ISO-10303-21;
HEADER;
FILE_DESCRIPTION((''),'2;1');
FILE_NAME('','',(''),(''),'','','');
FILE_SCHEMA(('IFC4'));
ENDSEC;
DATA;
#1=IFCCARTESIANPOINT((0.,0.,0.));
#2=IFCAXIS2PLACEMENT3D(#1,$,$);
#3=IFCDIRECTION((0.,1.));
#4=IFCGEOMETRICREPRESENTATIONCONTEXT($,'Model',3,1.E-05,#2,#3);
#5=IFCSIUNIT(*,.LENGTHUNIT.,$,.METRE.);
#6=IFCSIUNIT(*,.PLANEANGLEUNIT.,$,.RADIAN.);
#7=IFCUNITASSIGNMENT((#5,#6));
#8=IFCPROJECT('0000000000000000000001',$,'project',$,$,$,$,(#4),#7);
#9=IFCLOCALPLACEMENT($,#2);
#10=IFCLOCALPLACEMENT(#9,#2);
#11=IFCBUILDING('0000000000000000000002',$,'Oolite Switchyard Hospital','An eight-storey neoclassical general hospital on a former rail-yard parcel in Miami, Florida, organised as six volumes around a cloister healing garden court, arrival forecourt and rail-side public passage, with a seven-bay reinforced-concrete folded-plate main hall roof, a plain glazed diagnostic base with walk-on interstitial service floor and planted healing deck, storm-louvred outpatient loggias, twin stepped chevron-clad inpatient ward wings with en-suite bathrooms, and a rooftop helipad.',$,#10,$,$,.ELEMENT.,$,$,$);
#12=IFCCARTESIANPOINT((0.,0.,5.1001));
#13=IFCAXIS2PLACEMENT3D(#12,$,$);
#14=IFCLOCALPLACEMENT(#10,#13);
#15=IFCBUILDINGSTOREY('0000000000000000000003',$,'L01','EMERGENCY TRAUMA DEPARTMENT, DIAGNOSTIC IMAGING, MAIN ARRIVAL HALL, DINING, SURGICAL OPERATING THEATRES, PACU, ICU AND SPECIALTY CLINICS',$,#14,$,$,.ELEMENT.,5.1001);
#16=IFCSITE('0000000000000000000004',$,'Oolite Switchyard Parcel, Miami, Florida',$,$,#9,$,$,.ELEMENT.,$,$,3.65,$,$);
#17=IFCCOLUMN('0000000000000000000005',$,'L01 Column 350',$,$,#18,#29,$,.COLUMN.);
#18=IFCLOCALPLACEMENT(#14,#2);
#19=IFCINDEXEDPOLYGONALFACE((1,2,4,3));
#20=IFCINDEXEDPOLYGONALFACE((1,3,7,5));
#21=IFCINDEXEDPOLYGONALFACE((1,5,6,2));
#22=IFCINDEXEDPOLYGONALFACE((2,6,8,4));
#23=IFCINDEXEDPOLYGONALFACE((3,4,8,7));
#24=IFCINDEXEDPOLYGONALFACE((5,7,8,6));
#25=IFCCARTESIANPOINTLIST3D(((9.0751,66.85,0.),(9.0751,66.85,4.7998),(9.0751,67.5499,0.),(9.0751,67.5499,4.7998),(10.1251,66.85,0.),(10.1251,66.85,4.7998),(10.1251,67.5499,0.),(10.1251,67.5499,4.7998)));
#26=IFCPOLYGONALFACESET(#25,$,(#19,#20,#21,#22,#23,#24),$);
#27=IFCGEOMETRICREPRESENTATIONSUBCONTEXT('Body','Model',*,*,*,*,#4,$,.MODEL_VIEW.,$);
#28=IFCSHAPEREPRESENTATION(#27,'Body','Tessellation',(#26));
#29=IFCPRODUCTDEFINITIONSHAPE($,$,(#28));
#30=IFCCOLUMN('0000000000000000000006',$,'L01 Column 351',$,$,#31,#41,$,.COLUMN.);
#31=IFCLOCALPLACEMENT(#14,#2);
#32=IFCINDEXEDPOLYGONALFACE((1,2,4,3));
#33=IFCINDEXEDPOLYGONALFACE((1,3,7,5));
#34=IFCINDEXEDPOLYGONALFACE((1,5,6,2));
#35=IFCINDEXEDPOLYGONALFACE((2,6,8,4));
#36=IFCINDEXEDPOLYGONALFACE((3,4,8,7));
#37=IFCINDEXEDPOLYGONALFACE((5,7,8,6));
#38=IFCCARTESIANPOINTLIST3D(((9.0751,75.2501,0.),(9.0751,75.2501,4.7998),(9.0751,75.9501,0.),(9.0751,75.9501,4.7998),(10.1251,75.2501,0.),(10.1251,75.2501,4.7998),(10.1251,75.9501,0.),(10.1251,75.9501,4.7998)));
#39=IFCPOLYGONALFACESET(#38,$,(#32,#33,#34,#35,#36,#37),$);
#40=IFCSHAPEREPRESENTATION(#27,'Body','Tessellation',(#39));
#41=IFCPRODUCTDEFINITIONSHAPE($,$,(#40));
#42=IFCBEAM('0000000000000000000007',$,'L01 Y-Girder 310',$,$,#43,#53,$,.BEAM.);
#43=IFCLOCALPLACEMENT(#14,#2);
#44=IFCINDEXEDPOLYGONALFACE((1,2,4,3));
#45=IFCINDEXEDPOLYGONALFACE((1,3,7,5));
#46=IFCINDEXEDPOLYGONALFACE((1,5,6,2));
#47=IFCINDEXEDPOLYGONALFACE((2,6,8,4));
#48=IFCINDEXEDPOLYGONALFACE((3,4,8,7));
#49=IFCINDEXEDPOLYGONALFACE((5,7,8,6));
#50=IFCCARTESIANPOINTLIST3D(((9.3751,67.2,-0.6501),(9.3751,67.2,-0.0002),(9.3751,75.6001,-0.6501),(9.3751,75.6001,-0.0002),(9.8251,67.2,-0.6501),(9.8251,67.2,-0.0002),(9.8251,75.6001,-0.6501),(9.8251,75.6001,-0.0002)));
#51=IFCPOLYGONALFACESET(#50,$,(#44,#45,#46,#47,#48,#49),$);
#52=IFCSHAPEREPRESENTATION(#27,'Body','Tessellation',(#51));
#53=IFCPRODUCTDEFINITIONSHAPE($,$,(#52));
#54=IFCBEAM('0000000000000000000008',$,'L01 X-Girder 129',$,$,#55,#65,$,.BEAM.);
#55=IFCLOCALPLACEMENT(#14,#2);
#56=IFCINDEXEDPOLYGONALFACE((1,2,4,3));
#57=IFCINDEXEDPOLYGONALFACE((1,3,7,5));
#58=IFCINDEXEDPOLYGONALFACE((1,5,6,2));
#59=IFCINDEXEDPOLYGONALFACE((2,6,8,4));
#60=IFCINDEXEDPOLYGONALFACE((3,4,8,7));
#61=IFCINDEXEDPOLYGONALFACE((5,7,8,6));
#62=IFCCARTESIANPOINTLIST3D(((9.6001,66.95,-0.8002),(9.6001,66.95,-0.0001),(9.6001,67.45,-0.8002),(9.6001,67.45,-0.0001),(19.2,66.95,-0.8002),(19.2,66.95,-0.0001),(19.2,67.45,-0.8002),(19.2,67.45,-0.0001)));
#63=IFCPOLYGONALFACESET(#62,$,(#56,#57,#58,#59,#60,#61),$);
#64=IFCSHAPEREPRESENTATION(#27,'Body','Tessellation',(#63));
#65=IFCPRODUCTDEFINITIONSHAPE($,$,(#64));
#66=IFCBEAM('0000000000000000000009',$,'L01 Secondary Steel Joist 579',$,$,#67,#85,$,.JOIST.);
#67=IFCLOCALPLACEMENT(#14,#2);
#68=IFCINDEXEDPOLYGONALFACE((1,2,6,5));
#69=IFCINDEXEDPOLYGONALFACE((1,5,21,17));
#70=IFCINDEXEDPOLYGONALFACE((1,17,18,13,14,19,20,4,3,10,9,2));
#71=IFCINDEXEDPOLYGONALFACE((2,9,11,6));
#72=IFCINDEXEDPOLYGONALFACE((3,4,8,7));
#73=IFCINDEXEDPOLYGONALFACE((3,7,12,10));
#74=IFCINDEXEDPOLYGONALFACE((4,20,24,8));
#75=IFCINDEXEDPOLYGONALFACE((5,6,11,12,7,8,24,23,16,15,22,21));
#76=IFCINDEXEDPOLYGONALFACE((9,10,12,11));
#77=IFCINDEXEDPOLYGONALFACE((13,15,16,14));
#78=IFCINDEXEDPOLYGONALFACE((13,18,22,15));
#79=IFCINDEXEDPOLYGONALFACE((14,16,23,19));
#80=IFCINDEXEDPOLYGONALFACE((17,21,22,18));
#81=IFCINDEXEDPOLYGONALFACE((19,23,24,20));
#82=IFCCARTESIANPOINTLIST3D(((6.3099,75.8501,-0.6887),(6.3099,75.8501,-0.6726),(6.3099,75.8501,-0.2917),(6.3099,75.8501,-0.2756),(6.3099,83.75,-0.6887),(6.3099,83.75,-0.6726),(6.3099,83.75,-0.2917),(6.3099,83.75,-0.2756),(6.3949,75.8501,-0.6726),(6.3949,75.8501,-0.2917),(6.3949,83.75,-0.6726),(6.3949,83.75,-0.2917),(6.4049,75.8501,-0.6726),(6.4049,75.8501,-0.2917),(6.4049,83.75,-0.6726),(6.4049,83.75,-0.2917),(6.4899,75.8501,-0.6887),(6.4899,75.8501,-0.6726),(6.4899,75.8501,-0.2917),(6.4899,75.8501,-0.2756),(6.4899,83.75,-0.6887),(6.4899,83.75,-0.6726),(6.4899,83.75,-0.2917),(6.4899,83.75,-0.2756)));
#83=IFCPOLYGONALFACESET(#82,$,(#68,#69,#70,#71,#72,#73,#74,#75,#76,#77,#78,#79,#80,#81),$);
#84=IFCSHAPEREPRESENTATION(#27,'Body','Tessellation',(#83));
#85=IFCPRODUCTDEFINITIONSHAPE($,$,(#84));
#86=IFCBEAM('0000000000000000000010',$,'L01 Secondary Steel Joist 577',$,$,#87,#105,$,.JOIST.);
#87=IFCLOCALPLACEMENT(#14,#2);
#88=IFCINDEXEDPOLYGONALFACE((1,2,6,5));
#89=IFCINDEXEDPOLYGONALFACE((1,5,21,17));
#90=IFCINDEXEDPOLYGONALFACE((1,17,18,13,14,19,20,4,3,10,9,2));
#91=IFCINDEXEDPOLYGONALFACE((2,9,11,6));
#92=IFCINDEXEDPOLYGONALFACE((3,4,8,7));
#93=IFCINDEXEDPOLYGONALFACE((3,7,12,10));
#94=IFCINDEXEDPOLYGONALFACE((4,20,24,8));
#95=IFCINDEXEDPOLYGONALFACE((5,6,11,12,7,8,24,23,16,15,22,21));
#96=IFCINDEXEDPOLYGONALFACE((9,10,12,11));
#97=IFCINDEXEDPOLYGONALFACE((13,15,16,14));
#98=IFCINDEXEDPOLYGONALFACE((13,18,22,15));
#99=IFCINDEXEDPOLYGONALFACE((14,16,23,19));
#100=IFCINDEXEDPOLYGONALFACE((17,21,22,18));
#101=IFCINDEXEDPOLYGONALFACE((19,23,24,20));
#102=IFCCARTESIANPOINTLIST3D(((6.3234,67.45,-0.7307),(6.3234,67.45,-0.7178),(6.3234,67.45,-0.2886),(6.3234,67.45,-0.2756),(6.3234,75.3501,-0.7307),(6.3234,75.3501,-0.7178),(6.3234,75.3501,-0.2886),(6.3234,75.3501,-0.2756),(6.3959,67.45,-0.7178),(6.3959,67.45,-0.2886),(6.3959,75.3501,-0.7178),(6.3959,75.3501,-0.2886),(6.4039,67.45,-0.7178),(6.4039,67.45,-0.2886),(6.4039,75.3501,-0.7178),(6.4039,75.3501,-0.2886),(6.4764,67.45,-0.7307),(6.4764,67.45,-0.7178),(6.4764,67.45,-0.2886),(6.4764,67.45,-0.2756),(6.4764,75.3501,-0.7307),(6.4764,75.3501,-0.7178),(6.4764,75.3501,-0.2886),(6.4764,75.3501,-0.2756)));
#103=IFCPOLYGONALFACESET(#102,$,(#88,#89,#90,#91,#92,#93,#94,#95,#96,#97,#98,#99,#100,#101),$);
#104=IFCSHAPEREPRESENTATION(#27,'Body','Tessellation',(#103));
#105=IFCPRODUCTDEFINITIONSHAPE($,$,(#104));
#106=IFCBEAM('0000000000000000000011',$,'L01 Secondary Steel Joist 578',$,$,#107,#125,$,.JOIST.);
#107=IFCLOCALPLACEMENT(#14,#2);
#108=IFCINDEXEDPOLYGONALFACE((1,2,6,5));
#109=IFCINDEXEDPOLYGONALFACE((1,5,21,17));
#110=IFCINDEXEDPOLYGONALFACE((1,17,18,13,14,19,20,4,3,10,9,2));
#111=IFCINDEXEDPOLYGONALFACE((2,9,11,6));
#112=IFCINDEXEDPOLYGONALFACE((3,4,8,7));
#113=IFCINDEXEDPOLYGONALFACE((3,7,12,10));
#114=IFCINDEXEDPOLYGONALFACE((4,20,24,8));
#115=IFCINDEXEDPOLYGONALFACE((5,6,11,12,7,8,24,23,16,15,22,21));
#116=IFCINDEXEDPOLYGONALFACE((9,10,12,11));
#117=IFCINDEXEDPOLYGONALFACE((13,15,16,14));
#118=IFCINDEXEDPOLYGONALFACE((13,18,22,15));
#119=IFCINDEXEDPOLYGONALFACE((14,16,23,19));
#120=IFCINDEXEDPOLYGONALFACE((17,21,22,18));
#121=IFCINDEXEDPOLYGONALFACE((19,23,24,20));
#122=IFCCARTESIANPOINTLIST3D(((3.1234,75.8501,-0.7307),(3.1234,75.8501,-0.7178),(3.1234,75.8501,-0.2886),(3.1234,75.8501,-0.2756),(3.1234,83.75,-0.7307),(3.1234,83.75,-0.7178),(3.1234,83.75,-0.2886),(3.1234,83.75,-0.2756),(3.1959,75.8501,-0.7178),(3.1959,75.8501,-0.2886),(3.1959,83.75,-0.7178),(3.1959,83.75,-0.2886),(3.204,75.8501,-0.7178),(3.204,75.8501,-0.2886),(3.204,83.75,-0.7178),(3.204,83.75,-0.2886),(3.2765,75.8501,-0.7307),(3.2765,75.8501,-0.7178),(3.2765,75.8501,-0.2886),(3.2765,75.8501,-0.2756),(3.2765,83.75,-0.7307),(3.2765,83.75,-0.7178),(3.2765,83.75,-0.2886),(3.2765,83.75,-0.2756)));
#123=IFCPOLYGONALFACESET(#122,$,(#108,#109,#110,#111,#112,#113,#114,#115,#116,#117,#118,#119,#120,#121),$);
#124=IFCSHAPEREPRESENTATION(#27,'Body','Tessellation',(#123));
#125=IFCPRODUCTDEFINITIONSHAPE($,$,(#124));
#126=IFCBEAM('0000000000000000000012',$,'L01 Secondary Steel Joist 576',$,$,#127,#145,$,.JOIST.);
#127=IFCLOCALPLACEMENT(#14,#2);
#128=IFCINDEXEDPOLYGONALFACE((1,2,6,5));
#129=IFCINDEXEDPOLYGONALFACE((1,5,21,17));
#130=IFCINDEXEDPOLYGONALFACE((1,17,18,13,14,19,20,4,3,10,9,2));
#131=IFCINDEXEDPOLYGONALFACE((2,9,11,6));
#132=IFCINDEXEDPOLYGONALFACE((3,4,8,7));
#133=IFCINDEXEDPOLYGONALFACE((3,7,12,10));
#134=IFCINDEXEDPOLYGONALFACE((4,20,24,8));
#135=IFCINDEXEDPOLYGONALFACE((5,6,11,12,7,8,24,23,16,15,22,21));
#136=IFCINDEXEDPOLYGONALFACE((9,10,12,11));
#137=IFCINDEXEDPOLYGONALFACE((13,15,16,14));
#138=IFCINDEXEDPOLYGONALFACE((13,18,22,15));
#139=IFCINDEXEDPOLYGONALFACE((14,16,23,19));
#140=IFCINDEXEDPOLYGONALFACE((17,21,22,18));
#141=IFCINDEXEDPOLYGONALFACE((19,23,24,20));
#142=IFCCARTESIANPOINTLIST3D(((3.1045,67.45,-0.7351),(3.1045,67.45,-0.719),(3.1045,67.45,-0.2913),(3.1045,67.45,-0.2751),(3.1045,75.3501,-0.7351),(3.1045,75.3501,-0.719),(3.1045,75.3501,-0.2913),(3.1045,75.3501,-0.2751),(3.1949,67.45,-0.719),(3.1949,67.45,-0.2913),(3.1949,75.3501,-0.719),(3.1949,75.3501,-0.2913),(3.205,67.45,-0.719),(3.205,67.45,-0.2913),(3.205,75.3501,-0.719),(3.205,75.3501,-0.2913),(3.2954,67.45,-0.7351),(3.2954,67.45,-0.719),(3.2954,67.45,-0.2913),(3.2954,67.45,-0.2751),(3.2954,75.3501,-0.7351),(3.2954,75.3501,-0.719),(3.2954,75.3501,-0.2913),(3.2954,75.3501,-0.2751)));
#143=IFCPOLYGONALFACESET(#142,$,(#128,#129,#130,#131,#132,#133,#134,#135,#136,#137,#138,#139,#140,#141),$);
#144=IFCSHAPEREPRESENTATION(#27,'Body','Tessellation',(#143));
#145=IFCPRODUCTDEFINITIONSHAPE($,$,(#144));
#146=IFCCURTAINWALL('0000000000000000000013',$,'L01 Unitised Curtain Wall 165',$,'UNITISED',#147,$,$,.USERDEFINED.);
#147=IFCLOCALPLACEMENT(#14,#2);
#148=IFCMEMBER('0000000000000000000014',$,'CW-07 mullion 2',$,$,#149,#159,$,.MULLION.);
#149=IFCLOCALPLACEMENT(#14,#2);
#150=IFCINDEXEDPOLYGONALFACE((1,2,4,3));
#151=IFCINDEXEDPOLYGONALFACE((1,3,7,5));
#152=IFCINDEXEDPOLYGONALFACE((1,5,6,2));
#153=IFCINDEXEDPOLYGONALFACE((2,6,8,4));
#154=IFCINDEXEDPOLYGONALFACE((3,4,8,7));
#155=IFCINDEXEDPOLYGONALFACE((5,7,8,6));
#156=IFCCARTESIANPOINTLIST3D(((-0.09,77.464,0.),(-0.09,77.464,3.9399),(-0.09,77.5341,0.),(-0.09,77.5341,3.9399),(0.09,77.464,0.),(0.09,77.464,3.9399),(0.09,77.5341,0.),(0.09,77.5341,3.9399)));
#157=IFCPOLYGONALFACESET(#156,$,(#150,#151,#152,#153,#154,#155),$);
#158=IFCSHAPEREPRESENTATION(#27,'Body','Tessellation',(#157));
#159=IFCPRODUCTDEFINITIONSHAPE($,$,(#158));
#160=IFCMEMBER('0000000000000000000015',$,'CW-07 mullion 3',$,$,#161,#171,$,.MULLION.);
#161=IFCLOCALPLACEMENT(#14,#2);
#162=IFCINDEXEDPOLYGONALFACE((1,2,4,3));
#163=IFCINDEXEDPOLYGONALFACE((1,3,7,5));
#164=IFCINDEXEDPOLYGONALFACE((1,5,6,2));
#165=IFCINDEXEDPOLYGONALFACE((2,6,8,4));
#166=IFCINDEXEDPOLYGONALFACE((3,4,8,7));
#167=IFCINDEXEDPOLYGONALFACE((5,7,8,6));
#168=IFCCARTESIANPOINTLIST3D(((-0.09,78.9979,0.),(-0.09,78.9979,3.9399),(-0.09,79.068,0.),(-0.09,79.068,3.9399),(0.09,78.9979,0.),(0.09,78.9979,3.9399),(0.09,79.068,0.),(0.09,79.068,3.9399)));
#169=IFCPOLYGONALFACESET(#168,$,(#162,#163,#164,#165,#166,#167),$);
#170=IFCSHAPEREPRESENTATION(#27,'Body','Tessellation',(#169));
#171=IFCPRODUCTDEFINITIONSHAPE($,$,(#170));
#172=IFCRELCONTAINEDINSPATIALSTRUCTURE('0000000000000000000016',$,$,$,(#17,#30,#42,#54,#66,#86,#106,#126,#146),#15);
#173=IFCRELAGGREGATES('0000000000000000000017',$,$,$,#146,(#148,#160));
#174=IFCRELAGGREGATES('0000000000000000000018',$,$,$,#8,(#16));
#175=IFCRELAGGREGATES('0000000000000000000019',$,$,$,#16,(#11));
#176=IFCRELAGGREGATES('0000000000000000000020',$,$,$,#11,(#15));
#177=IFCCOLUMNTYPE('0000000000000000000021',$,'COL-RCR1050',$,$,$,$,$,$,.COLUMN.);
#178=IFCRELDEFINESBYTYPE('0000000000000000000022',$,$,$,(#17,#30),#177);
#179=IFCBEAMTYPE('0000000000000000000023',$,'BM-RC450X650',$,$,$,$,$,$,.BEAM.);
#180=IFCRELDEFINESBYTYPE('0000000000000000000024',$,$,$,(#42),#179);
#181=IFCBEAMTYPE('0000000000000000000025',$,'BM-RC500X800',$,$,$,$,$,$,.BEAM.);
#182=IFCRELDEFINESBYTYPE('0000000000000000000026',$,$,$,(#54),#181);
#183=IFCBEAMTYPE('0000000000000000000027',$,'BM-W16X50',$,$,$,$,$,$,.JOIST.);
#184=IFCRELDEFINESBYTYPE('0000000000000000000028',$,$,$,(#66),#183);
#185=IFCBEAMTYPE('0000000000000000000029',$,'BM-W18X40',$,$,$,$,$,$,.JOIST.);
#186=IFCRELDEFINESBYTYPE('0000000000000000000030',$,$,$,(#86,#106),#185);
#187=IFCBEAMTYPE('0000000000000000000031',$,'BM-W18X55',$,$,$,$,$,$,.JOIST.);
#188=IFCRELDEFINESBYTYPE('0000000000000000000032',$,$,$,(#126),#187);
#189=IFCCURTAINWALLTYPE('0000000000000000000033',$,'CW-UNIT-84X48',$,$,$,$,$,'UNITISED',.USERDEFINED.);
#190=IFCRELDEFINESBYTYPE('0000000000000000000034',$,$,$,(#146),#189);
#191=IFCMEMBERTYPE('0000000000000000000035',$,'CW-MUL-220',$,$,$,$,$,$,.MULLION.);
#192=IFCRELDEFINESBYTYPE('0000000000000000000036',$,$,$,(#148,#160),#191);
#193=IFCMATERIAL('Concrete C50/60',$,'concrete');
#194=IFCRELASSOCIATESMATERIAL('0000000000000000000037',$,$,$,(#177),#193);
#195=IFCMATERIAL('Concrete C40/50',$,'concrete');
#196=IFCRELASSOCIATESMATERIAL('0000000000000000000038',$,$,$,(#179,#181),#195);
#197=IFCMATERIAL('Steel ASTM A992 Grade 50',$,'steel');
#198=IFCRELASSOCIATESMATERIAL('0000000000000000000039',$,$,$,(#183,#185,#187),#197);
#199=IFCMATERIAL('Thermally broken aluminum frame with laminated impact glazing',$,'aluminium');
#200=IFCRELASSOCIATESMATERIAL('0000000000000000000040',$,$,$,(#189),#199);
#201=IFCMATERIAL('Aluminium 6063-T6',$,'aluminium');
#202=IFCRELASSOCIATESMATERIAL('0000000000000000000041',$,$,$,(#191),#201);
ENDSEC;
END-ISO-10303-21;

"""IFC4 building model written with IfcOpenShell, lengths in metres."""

from ifc_helpers import new_model, si_unit, direction, frame, origin, origin_2d, place, context, subcontext, project, spatial, rectangle, i_section, extrude, material, material_profile, profile_set, type_object, element, aggregate, save


model = new_model("IFC4")

# Units and contexts
model_context = context("Model", 3, precision=1e-05, world=origin(), true_north=direction((0.0, 1.0)))
body_context = subcontext(model_context, "Body", "Model", "MODEL_VIEW")
ifc_project = project(units=[si_unit("LENGTHUNIT", "METRE"), si_unit("PLANEANGLEUNIT", "RADIAN")], contexts=[model_context])

# Site, building, storey
site_placement = place(None, origin())
site = spatial("IfcSite", under=ifc_project, at=site_placement, Name="Oolite Switchyard Parcel, Miami, Florida", CompositionType="ELEMENT", RefElevation=3.65)
building_placement = place(site_placement, origin())
building = spatial("IfcBuilding", under=site, at=building_placement, Name="Oolite Switchyard Hospital", Description="An eight-storey neoclassical general hospital on a former rail-yard parcel in Miami, Florida, organised as six volumes around a cloister healing garden court, arrival forecourt and rail-side public passage, with a seven-bay reinforced-concrete folded-plate main hall roof, a plain glazed diagnostic base with walk-on interstitial service floor and planted healing deck, storm-louvred outpatient loggias, twin stepped chevron-clad inpatient ward wings with en-suite bathrooms, and a rooftop helipad.", CompositionType="ELEMENT")
storey_placement = place(building_placement, frame((0.0, 0.0, 5.1001)))
storey = spatial("IfcBuildingStorey", under=building, at=storey_placement, Name="L01", Description="EMERGENCY TRAUMA DEPARTMENT, DIAGNOSTIC IMAGING, MAIN ARRIVAL HALL, DINING, SURGICAL OPERATING THEATRES, PACU, ICU AND SPECIALTY CLINICS", CompositionType="ELEMENT", Elevation=5.1001)

# Columns
ifc_material_1 = material(Name="Concrete C50/60", Category="concrete")
ifc_material_profile_1 = material_profile(ifc_material_1, rectangle(XDim=1.05, YDim=0.7, at=origin_2d()), Name="RC1050X700")
ifc_profile_set_1 = profile_set([ifc_material_profile_1], Name="Concrete C50/60")
column_type = type_object("IfcColumnType", Name="COL-RCR1050", PredefinedType="COLUMN", material=ifc_profile_set_1)
for number, where, z_axis, x_axis, name in (
    (1, (9.6001, 67.2, 0.0), (0.0, 0.0, 1.0), (1.0, 0.0, 0.0), "L01 Column 350"),
    (2, (9.6001, 75.6001, 0.0), (0.0, 0.0, 1.0), (1.0, 0.0, 0.0), "L01 Column 351"),
):
    element("IfcColumn", number, at=place(storey_placement, frame(where, z_axis=z_axis, x_axis=x_axis)), inside=storey, type_object=column_type, Name=name, PredefinedType="COLUMN", context=body_context, shape_type="SweptSolid", body=[
        extrude(rectangle(XDim=1.05, YDim=0.7, at=origin_2d()), origin(), (0.0, 0.0, 1.0), 4.7998),
    ])

# Beams
ifc_material_2 = material(Name="Concrete C40/50", Category="concrete")
ifc_material_profile_2 = material_profile(ifc_material_2, rectangle(XDim=0.45, YDim=0.6499, at=origin_2d()), Name="RCB450X650")
ifc_profile_set_2 = profile_set([ifc_material_profile_2], Name="Concrete C40/50")
beam_type_1 = type_object("IfcBeamType", Name="BM-RC450X650", PredefinedType="BEAM", material=ifc_profile_set_2)
beam_1_placement = place(storey_placement, frame((9.6001, 67.2, -0.3252), z_axis=(0.0, 1.0, 0.0), x_axis=(-1.0, 0.0, 0.0)))
element("IfcBeam", 3, at=beam_1_placement, inside=storey, type_object=beam_type_1, Name="L01 Y-Girder 310", PredefinedType="BEAM", context=body_context, shape_type="SweptSolid", body=[
    extrude(rectangle(XDim=0.45, YDim=0.6499, at=origin_2d()), origin(), (0.0, 0.0, 1.0), 8.4001),
])
ifc_material_profile_3 = material_profile(ifc_material_2, rectangle(XDim=0.5, YDim=0.8, at=origin_2d()), Name="RCB500X800")
ifc_profile_set_3 = profile_set([ifc_material_profile_3], Name="Concrete C40/50")
beam_type_2 = type_object("IfcBeamType", Name="BM-RC500X800", PredefinedType="BEAM", material=ifc_profile_set_3)
beam_2_placement = place(storey_placement, frame((9.6001, 67.2, -0.4001), z_axis=(1.0, 0.0, 0.0), x_axis=(0.0, 1.0, 0.0)))
element("IfcBeam", 4, at=beam_2_placement, inside=storey, type_object=beam_type_2, Name="L01 X-Girder 129", PredefinedType="BEAM", context=body_context, shape_type="SweptSolid", body=[
    extrude(rectangle(XDim=0.5, YDim=0.8, at=origin_2d()), origin(), (0.0, 0.0, 1.0), 9.5999),
])
ifc_material_3 = material(Name="Steel ASTM A992 Grade 50", Category="steel")
ifc_material_profile_4 = material_profile(ifc_material_3, i_section(OverallWidth=0.1799, OverallDepth=0.4131, WebThickness=0.01, FlangeThickness=0.0161, at=origin_2d()), Name="W16X50")
ifc_profile_set_4 = profile_set([ifc_material_profile_4], Name="Steel ASTM A992 Grade 50")
beam_type_3 = type_object("IfcBeamType", Name="BM-W16X50", PredefinedType="JOIST", material=ifc_profile_set_4)
beam_3_placement = place(storey_placement, frame((6.3999, 75.8501, -0.4822), z_axis=(0.0, 1.0, 0.0), x_axis=(-1.0, 0.0, 0.0)))
element("IfcBeam", 5, at=beam_3_placement, inside=storey, type_object=beam_type_3, Name="L01 Secondary Steel Joist 579", PredefinedType="JOIST", context=body_context, shape_type="SweptSolid", body=[
    extrude(i_section(OverallWidth=0.1799, OverallDepth=0.4131, WebThickness=0.01, FlangeThickness=0.0161, at=origin_2d()), origin(), (0.0, 0.0, 1.0), 7.8999),
])
ifc_material_profile_5 = material_profile(ifc_material_3, i_section(OverallWidth=0.1531, OverallDepth=0.4551, WebThickness=0.0081, FlangeThickness=0.0129, at=origin_2d()), Name="W18X40")
ifc_profile_set_5 = profile_set([ifc_material_profile_5], Name="Steel ASTM A992 Grade 50")
beam_type_4 = type_object("IfcBeamType", Name="BM-W18X40", PredefinedType="JOIST", material=ifc_profile_set_5)
beam_4_placement = place(storey_placement, frame((6.3999, 67.45, -0.5032), z_axis=(0.0, 1.0, 0.0), x_axis=(-1.0, 0.0, 0.0)))
element("IfcBeam", 6, at=beam_4_placement, inside=storey, type_object=beam_type_4, Name="L01 Secondary Steel Joist 577", PredefinedType="JOIST", context=body_context, shape_type="SweptSolid", body=[
    extrude(i_section(OverallWidth=0.1531, OverallDepth=0.4551, WebThickness=0.0081, FlangeThickness=0.0129, at=origin_2d()), origin(), (0.0, 0.0, 1.0), 7.9001),
])
beam_5_placement = place(storey_placement, frame((3.2, 75.8501, -0.5032), z_axis=(0.0, 1.0, 0.0), x_axis=(-1.0, 0.0, 0.0)))
element("IfcBeam", 7, at=beam_5_placement, inside=storey, type_object=beam_type_4, Name="L01 Secondary Steel Joist 578", PredefinedType="JOIST", context=body_context, shape_type="SweptSolid", body=[
    extrude(i_section(OverallWidth=0.1531, OverallDepth=0.4551, WebThickness=0.0081, FlangeThickness=0.0129, at=origin_2d()), origin(), (0.0, 0.0, 1.0), 7.8999),
])
ifc_material_profile_6 = material_profile(ifc_material_3, i_section(OverallWidth=0.1909, OverallDepth=0.46, WebThickness=0.01, FlangeThickness=0.0161, at=origin_2d()), Name="W18X55")
ifc_profile_set_6 = profile_set([ifc_material_profile_6], Name="Steel ASTM A992 Grade 50")
beam_type_5 = type_object("IfcBeamType", Name="BM-W18X55", PredefinedType="JOIST", material=ifc_profile_set_6)
beam_6_placement = place(storey_placement, frame((3.2, 67.45, -0.5051), z_axis=(0.0, 1.0, 0.0), x_axis=(-1.0, 0.0, 0.0)))
element("IfcBeam", 8, at=beam_6_placement, inside=storey, type_object=beam_type_5, Name="L01 Secondary Steel Joist 576", PredefinedType="JOIST", context=body_context, shape_type="SweptSolid", body=[
    extrude(i_section(OverallWidth=0.1909, OverallDepth=0.46, WebThickness=0.01, FlangeThickness=0.0161, at=origin_2d()), origin(), (0.0, 0.0, 1.0), 7.9001),
])

# Curtain wall, members
ifc_material_4 = material(Name="Thermally broken aluminum frame with laminated impact glazing", Category="aluminium")
curtain_wall_type = type_object("IfcCurtainWallType", Name="CW-UNIT-84X48", ElementType="UNITISED", PredefinedType="USERDEFINED", material=ifc_material_4)
curtain_wall_placement = place(storey_placement, origin())
curtain_wall = element("IfcCurtainWall", 9, at=curtain_wall_placement, inside=storey, type_object=curtain_wall_type, Name="L01 Unitised Curtain Wall 165", ObjectType="UNITISED", PredefinedType="USERDEFINED")
ifc_material_5 = material(Name="Aluminium 6063-T6", Category="aluminium")
ifc_material_profile_7 = material_profile(ifc_material_5, rectangle(XDim=0.1799, YDim=0.0701, at=origin_2d()), Name="CWM70X180")
ifc_profile_set_7 = profile_set([ifc_material_profile_7], Name="Aluminium 6063-T6")
member_type_1 = type_object("IfcMemberType", Name="CW-MUL-220", PredefinedType="MULLION", material=ifc_profile_set_7)
member_1_placement = place(storey_placement, frame((0.0, 77.499, 0.0), z_axis=(0.0, 0.0, 1.0), x_axis=(-1.0, 0.0, 0.0)))
member_1 = element("IfcMember", 10, at=member_1_placement, type_object=member_type_1, Name="CW-07 mullion 2", PredefinedType="MULLION", context=body_context, shape_type="SweptSolid", body=[
    extrude(rectangle(XDim=0.1799, YDim=0.0701, at=origin_2d()), origin(), (0.0, 0.0, 1.0), 3.9399),
])
member_2_placement = place(storey_placement, frame((0.0, 79.033, 0.0), z_axis=(0.0, 0.0, 1.0), x_axis=(-1.0, 0.0, 0.0)))
member_2 = element("IfcMember", 11, at=member_2_placement, type_object=member_type_1, Name="CW-07 mullion 3", PredefinedType="MULLION", context=body_context, shape_type="SweptSolid", body=[
    extrude(rectangle(XDim=0.1799, YDim=0.0701, at=origin_2d()), origin(), (0.0, 0.0, 1.0), 3.9399),
])
aggregate(curtain_wall, [member_1, member_2])

save(model, "model.ifc")
